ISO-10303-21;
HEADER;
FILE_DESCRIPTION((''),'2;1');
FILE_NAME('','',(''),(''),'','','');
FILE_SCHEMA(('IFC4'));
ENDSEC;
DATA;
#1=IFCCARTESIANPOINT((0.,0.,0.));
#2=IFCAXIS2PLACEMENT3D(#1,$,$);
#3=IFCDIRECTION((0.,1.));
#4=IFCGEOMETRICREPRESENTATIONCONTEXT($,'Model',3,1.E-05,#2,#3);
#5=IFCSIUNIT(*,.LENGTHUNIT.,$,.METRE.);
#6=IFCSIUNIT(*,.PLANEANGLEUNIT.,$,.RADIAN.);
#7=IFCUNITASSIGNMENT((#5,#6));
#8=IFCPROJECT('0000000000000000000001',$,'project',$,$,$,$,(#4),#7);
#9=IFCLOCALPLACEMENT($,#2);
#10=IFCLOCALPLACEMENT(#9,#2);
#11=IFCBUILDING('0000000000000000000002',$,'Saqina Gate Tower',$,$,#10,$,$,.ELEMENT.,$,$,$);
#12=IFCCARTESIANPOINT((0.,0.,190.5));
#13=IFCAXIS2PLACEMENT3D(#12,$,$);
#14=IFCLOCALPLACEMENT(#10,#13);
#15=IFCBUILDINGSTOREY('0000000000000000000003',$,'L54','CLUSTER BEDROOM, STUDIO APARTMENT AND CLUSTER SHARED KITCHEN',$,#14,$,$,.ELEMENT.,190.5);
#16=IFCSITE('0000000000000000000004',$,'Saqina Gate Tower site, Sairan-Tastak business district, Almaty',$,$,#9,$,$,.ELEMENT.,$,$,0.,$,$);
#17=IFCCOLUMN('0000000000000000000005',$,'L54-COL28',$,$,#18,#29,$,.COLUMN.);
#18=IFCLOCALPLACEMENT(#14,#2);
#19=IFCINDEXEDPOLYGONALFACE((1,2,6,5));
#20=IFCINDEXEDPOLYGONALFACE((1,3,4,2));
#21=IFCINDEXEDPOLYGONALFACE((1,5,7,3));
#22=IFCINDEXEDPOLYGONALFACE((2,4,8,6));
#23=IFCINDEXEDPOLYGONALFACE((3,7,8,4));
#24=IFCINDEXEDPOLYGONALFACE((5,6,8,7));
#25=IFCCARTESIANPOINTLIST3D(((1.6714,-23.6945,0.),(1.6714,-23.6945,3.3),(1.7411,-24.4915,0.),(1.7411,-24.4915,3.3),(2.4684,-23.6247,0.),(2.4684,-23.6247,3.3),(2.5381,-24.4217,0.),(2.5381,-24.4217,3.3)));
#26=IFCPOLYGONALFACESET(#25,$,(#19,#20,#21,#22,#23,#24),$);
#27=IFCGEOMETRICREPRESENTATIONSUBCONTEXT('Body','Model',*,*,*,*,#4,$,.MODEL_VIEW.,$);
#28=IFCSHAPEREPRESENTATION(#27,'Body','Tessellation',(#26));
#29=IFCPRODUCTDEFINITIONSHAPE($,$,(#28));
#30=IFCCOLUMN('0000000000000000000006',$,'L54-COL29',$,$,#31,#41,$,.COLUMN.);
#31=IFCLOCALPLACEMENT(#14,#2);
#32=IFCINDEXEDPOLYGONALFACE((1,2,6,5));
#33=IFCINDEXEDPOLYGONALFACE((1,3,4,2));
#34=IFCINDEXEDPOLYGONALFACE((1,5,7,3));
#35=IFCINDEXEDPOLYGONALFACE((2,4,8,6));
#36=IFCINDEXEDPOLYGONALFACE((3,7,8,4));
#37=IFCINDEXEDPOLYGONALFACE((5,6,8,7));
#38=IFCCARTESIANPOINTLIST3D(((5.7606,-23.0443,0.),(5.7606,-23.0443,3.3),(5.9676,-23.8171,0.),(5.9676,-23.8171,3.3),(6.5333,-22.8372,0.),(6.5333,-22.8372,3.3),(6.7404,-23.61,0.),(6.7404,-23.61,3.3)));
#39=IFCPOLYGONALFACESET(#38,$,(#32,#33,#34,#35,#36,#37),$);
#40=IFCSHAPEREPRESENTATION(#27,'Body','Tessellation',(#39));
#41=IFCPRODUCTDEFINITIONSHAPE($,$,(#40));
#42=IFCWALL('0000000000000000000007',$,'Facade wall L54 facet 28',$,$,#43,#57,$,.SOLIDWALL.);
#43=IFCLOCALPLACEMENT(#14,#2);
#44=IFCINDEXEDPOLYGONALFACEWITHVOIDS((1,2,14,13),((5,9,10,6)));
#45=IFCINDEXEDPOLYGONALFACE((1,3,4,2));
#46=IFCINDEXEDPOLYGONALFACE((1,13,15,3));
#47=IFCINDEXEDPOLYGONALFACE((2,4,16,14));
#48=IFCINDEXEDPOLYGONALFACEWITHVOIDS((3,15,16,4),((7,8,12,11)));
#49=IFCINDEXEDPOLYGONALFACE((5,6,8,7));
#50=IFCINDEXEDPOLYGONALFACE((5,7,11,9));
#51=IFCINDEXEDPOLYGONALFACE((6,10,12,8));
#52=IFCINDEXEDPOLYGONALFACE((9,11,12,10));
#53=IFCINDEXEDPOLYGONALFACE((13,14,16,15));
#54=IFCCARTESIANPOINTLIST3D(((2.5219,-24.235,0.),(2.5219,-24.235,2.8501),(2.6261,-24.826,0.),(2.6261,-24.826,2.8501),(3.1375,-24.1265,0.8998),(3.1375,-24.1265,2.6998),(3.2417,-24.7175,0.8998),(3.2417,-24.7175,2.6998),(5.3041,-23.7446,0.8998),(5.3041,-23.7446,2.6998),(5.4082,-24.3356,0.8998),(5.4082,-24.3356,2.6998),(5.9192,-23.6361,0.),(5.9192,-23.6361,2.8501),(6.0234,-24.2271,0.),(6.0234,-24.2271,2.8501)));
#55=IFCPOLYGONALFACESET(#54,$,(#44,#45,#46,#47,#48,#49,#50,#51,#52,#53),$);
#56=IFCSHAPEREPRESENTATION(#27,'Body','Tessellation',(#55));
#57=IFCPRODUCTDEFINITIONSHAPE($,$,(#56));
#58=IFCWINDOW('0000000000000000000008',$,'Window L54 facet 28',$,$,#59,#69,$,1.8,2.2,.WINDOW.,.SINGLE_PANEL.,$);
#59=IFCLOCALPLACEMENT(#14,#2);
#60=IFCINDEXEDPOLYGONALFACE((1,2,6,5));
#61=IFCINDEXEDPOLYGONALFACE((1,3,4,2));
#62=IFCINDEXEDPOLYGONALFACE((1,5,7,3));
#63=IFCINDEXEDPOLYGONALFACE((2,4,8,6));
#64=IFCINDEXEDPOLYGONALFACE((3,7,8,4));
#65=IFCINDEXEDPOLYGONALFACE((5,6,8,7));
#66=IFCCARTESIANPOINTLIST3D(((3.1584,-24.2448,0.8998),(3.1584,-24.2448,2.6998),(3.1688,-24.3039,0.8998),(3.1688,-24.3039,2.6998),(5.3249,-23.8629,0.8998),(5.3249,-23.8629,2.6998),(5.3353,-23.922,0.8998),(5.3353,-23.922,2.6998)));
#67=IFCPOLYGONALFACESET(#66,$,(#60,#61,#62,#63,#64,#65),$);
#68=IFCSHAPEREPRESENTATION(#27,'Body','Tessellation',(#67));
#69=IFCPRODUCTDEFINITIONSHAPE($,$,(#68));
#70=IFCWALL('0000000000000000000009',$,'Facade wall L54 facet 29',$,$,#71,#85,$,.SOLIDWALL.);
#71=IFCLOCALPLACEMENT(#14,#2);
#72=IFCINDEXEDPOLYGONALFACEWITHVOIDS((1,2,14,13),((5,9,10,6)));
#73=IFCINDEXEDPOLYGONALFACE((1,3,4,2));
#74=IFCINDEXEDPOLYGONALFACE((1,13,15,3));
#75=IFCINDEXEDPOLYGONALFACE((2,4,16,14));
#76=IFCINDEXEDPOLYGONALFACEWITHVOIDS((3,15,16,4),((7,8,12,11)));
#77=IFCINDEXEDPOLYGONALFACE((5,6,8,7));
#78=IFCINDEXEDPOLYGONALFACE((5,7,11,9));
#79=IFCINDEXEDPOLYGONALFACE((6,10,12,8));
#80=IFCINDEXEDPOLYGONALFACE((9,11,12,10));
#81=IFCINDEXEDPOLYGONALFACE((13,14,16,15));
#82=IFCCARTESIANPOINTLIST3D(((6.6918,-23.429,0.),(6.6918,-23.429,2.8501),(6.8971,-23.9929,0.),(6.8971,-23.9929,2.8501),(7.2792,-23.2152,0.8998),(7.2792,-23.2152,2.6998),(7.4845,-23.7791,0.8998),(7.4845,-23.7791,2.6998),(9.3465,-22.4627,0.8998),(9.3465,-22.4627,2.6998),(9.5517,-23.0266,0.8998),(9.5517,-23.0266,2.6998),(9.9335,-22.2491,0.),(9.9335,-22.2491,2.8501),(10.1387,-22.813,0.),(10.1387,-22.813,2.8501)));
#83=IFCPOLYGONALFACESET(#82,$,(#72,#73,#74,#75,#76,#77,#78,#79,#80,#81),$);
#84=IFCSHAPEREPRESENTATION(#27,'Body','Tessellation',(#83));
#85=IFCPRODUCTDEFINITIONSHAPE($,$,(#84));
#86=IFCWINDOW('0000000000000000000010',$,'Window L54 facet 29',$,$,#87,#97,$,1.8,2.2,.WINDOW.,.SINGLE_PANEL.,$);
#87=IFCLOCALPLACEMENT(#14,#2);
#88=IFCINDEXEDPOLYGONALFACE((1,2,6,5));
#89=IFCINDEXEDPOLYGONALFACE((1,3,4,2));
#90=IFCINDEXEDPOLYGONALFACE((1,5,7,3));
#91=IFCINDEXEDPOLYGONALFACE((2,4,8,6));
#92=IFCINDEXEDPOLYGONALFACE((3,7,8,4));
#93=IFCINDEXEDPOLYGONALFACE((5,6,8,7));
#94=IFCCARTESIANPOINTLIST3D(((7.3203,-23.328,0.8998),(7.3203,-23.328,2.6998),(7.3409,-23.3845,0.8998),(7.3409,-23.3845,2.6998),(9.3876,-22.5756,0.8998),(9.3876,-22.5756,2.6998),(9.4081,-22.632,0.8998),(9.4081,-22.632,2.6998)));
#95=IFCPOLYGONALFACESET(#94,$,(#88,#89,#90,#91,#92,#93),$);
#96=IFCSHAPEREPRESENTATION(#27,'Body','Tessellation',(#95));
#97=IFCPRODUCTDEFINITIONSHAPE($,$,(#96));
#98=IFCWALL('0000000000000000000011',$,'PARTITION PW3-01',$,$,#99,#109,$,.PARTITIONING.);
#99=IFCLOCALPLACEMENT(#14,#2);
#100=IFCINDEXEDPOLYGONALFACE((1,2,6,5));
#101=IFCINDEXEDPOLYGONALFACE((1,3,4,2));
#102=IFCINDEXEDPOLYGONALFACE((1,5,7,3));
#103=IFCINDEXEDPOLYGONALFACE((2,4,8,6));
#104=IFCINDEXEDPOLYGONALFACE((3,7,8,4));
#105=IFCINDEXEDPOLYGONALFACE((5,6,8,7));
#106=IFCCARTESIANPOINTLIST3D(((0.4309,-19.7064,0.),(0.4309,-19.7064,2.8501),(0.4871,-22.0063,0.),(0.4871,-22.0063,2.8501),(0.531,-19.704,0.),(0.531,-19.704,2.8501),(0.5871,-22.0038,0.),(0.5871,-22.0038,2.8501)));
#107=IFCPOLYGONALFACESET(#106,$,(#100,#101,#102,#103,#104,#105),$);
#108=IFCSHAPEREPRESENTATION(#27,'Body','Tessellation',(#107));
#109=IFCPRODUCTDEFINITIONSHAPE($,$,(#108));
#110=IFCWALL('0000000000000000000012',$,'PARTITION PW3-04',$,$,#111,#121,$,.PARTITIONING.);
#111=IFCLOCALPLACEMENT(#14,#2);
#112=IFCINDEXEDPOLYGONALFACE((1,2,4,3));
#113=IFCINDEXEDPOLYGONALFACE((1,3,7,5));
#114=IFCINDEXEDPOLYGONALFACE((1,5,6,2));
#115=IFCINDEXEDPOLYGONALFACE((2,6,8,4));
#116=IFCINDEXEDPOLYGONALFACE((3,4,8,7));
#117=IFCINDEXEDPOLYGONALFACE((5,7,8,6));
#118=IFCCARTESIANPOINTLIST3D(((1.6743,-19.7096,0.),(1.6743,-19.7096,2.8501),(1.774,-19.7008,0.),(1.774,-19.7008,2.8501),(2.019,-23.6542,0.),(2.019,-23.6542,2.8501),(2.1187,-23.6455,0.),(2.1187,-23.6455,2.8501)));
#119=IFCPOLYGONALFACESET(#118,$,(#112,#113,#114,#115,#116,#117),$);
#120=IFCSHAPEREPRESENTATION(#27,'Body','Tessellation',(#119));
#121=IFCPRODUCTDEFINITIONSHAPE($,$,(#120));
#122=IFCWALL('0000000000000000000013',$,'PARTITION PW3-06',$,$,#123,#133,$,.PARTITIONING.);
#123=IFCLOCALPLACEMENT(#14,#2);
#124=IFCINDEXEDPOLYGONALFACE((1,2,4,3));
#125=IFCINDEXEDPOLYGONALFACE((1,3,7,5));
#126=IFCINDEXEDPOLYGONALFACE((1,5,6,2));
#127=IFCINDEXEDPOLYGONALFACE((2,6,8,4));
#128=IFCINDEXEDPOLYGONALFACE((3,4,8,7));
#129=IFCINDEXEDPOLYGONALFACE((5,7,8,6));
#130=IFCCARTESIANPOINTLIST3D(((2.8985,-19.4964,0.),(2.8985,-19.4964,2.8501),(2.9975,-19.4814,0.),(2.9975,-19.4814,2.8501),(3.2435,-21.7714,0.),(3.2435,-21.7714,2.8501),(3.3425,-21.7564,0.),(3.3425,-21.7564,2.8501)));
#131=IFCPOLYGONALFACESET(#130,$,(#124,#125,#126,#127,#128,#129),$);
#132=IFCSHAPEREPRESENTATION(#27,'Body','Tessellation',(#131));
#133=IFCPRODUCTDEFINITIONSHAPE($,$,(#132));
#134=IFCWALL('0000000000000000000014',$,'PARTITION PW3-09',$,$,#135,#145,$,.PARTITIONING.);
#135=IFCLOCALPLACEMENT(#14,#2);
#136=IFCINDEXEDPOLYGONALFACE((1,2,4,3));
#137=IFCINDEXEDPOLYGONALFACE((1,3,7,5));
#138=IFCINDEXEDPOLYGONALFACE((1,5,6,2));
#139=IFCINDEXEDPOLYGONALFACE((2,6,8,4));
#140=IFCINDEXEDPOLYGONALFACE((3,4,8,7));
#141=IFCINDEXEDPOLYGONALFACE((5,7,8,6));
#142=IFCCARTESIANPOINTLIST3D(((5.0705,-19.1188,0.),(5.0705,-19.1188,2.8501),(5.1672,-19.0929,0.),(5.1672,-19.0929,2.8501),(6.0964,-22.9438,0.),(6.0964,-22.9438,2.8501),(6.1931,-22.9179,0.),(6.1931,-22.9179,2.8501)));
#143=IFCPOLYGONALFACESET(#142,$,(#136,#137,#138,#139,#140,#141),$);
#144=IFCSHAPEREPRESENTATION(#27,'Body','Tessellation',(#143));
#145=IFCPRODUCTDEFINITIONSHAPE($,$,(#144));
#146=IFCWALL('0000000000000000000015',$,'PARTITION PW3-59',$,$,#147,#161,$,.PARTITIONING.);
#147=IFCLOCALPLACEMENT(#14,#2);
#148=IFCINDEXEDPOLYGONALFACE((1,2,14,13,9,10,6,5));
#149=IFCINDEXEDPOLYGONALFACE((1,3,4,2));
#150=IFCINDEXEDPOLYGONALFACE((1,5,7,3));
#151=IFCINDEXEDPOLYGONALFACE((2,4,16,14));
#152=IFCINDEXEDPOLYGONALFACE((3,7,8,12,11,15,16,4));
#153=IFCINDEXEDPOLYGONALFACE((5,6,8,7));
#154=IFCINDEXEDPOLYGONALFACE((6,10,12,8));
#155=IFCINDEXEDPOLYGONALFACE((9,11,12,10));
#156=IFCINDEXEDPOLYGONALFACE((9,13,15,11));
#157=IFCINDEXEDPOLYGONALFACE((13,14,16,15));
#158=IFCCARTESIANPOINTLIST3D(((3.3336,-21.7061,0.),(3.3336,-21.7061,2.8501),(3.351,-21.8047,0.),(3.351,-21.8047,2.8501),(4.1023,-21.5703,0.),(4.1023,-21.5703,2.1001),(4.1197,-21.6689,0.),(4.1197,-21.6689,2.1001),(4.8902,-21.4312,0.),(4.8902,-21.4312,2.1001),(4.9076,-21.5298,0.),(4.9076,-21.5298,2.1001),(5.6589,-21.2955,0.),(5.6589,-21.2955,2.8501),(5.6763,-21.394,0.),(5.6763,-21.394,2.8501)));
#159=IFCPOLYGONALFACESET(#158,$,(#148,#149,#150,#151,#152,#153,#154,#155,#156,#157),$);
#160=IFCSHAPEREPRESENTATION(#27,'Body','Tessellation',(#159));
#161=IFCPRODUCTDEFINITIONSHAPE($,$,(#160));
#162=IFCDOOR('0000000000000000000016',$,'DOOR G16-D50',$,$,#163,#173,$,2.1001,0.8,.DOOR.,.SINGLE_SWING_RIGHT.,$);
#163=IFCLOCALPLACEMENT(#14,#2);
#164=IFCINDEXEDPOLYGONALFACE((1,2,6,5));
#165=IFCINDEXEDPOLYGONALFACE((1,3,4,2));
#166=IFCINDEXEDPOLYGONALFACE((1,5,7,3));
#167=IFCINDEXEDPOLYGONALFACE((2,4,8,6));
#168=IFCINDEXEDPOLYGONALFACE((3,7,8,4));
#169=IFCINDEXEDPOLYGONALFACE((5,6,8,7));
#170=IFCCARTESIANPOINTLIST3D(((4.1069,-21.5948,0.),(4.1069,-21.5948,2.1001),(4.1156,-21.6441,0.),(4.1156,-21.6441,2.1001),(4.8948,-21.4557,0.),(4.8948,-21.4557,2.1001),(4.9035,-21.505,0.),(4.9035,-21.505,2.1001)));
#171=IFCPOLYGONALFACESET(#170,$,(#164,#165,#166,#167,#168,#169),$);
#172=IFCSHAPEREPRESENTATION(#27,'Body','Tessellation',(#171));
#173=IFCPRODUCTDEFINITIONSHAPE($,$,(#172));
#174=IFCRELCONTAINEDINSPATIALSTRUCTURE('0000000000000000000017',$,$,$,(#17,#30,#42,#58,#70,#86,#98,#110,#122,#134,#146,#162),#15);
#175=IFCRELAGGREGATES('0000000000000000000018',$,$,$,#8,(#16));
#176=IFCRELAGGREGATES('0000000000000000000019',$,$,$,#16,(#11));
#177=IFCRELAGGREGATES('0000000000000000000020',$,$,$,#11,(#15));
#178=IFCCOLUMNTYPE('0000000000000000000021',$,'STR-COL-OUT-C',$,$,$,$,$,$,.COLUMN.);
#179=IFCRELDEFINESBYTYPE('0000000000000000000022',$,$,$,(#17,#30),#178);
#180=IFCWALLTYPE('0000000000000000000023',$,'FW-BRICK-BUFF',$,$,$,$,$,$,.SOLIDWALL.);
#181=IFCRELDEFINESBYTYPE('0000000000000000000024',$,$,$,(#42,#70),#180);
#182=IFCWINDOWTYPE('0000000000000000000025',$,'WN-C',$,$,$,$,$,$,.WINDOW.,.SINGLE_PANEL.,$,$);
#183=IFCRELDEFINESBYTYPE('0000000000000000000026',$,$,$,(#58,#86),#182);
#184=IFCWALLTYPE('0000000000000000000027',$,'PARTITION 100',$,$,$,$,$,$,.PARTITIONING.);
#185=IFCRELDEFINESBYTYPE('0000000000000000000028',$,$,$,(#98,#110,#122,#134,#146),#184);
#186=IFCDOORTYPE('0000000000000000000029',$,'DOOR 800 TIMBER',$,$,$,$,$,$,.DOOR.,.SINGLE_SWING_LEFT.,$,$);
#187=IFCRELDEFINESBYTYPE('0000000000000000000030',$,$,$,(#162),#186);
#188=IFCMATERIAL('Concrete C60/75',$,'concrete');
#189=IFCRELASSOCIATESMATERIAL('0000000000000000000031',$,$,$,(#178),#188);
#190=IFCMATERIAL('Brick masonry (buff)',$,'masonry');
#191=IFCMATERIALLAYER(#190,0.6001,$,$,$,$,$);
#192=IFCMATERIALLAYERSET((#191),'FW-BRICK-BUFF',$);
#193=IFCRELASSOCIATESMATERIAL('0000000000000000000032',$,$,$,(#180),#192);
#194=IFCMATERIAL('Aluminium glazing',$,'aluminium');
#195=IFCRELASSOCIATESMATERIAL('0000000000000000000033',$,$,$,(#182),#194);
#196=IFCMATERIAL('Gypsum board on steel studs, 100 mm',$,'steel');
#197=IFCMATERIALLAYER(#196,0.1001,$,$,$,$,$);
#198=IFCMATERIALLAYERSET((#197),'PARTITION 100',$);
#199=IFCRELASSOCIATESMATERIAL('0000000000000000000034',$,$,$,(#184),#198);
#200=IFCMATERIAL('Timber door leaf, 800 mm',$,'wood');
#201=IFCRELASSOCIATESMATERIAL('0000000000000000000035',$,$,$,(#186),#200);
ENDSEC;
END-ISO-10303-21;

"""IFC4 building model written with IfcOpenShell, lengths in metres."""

from ifc_helpers import new_model, si_unit, direction, frame, frame_2d, origin, origin_2d, place, context, subcontext, project, spatial, rectangle, extrude, material, layer, layer_set, material_profile, profile_set, type_object, element, fill, save


model = new_model("IFC4")

# Units and contexts
model_context = context("Model", 3, precision=1e-05, world=origin(), true_north=direction((0.0, 1.0)))
body_context = subcontext(model_context, "Body", "Model", "MODEL_VIEW")
ifc_project = project(units=[si_unit("LENGTHUNIT", "METRE"), si_unit("PLANEANGLEUNIT", "RADIAN")], contexts=[model_context])

# Site, building, storey
site_placement = place(None, origin())
site = spatial("IfcSite", under=ifc_project, at=site_placement, Name="Saqina Gate Tower site, Sairan-Tastak business district, Almaty", CompositionType="ELEMENT", RefElevation=0.0)
building_placement = place(site_placement, origin())
building = spatial("IfcBuilding", under=site, at=building_placement, Name="Saqina Gate Tower", CompositionType="ELEMENT")
storey_placement = place(building_placement, frame((0.0, 0.0, 190.5)))
storey = spatial("IfcBuildingStorey", under=building, at=storey_placement, Name="L54", Description="CLUSTER BEDROOM, STUDIO APARTMENT AND CLUSTER SHARED KITCHEN", CompositionType="ELEMENT", Elevation=190.5)

# Columns
ifc_material_1 = material(Name="Concrete C60/75", Category="concrete")
ifc_material_profile = material_profile(ifc_material_1, rectangle(XDim=0.8, YDim=0.8, at=origin_2d()), Name="RC 800x800")
ifc_profile_set = profile_set([ifc_material_profile], Name="Concrete C60/75")
column_type = type_object("IfcColumnType", Name="STR-COL-OUT-C", PredefinedType="COLUMN", material=ifc_profile_set)
for number, where, z_axis, x_axis, name in (
    (1, (2.1047, -24.0581, 0.0), (0.0, 0.0, 1.0), (0.087156, -0.996195, 0.0), "L54-COL28"),
    (2, (6.2505, -23.3271, 0.0), (0.0, 0.0, 1.0), (0.258819, -0.965926, 0.0), "L54-COL29"),
):
    element("IfcColumn", number, at=place(storey_placement, frame(where, z_axis=z_axis, x_axis=x_axis)), inside=storey, type_object=column_type, Name=name, PredefinedType="COLUMN", context=body_context, shape_type="SweptSolid", body=[
        extrude(rectangle(XDim=0.8, YDim=0.8, at=origin_2d()), origin(), (0.0, 0.0, 1.0), 3.3),
    ])

# Walls, openings, windows
ifc_material_2 = material(Name="Brick masonry (buff)", Category="masonry")
ifc_layer_1 = layer(ifc_material_2, 0.6001)
ifc_layer_set_1 = layer_set([ifc_layer_1], Name="FW-BRICK-BUFF")
wall_type_1 = type_object("IfcWallType", Name="FW-BRICK-BUFF", PredefinedType="SOLIDWALL", material=ifc_layer_set_1)
wall_1_placement = place(storey_placement, frame((2.574, -24.5305, 0.0), z_axis=(0.0, 0.0, 1.0), x_axis=(0.984815, 0.173608, 0.0)))
wall_1 = element("IfcWall", 3, at=wall_1_placement, inside=storey, type_object=wall_type_1, Name="Facade wall L54 facet 28", PredefinedType="SOLIDWALL", context=body_context, shape_type="SweptSolid", body=[
    extrude(rectangle(XDim=3.4497, YDim=0.6001, at=frame_2d((1.7249, 0.0))), origin(), (0.0, 0.0, 1.0), 2.8501),
])
opening_1_placement = place(wall_1_placement, frame((0.625, 0.0, 0.8999)))
opening_1 = element("IfcOpeningElement", 4, at=opening_1_placement, cuts=wall_1, PredefinedType="OPENING", context=body_context, shape_type="SweptSolid", body=[
    extrude(rectangle(XDim=2.2, YDim=1.8, at=frame_2d((1.1001, 0.8999))), frame((0.0, 0.312, 0.0), z_axis=(0.0, -1.0, 0.0), x_axis=(1.0, 0.0, 0.0)), (0.0, 0.0, 1.0), 0.624),
])
ifc_material_3 = material(Name="Aluminium glazing", Category="aluminium")
window_type = type_object("IfcWindowType", Name="WN-C", PartitioningType="SINGLE_PANEL", PredefinedType="WINDOW", material=ifc_material_3)
window_1_placement = place(opening_1_placement, origin())
window_1 = element("IfcWindow", 5, at=window_1_placement, inside=storey, type_object=window_type, Name="Window L54 facet 28", OverallHeight=1.8, OverallWidth=2.2, PartitioningType="SINGLE_PANEL", PredefinedType="WINDOW", context=body_context, shape_type="SweptSolid", body=[
    extrude(rectangle(XDim=2.2, YDim=1.8, at=frame_2d((1.1001, 0.8999))), frame((0.0, 0.1799, 0.0), z_axis=(0.0, -1.0, 0.0), x_axis=(1.0, 0.0, 0.0)), (0.0, 0.0, 1.0), 0.0601),
])
fill(opening_1, window_1)
wall_2_placement = place(storey_placement, frame((6.7944, -23.7109, 0.0), z_axis=(0.0, 0.0, 1.0), x_axis=(0.939688, 0.342033, 0.0)))
wall_2 = element("IfcWall", 6, at=wall_2_placement, inside=storey, type_object=wall_type_1, Name="Facade wall L54 facet 29", PredefinedType="SOLIDWALL", context=body_context, shape_type="SweptSolid", body=[
    extrude(rectangle(XDim=3.4497, YDim=0.6001, at=frame_2d((1.7249, 0.0))), origin(), (0.0, 0.0, 1.0), 2.8501),
])
opening_2_placement = place(wall_2_placement, frame((0.625, 0.0, 0.8999)))
opening_2 = element("IfcOpeningElement", 7, at=opening_2_placement, cuts=wall_2, PredefinedType="OPENING", context=body_context, shape_type="SweptSolid", body=[
    extrude(rectangle(XDim=2.2, YDim=1.8, at=frame_2d((1.1001, 0.8999))), frame((0.0, 0.312, 0.0), z_axis=(0.0, -1.0, 0.0), x_axis=(1.0, 0.0, 0.0)), (0.0, 0.0, 1.0), 0.624),
])
window_2_placement = place(opening_2_placement, origin())
window_2 = element("IfcWindow", 8, at=window_2_placement, inside=storey, type_object=window_type, Name="Window L54 facet 29", OverallHeight=1.8, OverallWidth=2.2, PartitioningType="SINGLE_PANEL", PredefinedType="WINDOW", context=body_context, shape_type="SweptSolid", body=[
    extrude(rectangle(XDim=2.2, YDim=1.8, at=frame_2d((1.1001, 0.8999))), frame((0.0, 0.1799, 0.0), z_axis=(0.0, -1.0, 0.0), x_axis=(1.0, 0.0, 0.0)), (0.0, 0.0, 1.0), 0.0601),
])
fill(opening_2, window_2)

# Walls
ifc_material_4 = material(Name="Gypsum board on steel studs, 100 mm", Category="steel")
ifc_layer_2 = layer(ifc_material_4, 0.1001)
ifc_layer_set_2 = layer_set([ifc_layer_2], Name="PARTITION 100")
wall_type_2 = type_object("IfcWallType", Name="PARTITION 100", PredefinedType="PARTITIONING", material=ifc_layer_set_2)
wall_3_placement = place(storey_placement, frame((0.481, -19.7051, 0.0), z_axis=(0.0, 0.0, 1.0), x_axis=(0.024409, -0.999702, 0.0)))
element("IfcWall", 9, at=wall_3_placement, inside=storey, type_object=wall_type_2, Name="PARTITION PW3-01", PredefinedType="PARTITIONING", context=body_context, shape_type="SweptSolid", body=[
    extrude(rectangle(XDim=2.3005, YDim=0.1001, at=frame_2d((1.1504, 0.0))), origin(), (0.0, 0.0, 1.0), 2.8501),
])
wall_4_placement = place(storey_placement, frame((1.7241, -19.7051, 0.0), z_axis=(0.0, 0.0, 1.0), x_axis=(0.087061, -0.996203, 0.0)))
element("IfcWall", 10, at=wall_4_placement, inside=storey, type_object=wall_type_2, Name="PARTITION PW3-04", PredefinedType="PARTITIONING", context=body_context, shape_type="SweptSolid", body=[
    extrude(rectangle(XDim=3.9597, YDim=0.1001, at=frame_2d((1.98, 0.0))), origin(), (0.0, 0.0, 1.0), 2.8501),
])
wall_5_placement = place(storey_placement, frame((2.948, -19.489, 0.0), z_axis=(0.0, 0.0, 1.0), x_axis=(0.149928, -0.988697, 0.0)))
element("IfcWall", 11, at=wall_5_placement, inside=storey, type_object=wall_type_2, Name="PARTITION PW3-06", PredefinedType="PARTITIONING", context=body_context, shape_type="SweptSolid", body=[
    extrude(rectangle(XDim=2.301, YDim=0.1001, at=frame_2d((1.1504, 0.0))), origin(), (0.0, 0.0, 1.0), 2.8501),
])
wall_6_placement = place(storey_placement, frame((5.1189, -19.106, 0.0), z_axis=(0.0, 0.0, 1.0), x_axis=(0.259051, -0.965864, 0.0)))
element("IfcWall", 12, at=wall_6_placement, inside=storey, type_object=wall_type_2, Name="PARTITION PW3-09", PredefinedType="PARTITIONING", context=body_context, shape_type="SweptSolid", body=[
    extrude(rectangle(XDim=3.9602, YDim=0.1001, at=frame_2d((1.98, 0.0))), origin(), (0.0, 0.0, 1.0), 2.8501),
])

# Wall, opening, door
wall_7_placement = place(storey_placement, frame((3.3423, -21.7554, 0.0), z_axis=(0.0, 0.0, 1.0), x_axis=(0.984764, 0.173897, 0.0)))
wall_7 = element("IfcWall", 13, at=wall_7_placement, inside=storey, type_object=wall_type_2, Name="PARTITION PW3-59", PredefinedType="PARTITIONING", context=body_context, shape_type="SweptSolid", body=[
    extrude(rectangle(XDim=2.3613, YDim=0.1001, at=frame_2d((1.1807, 0.0))), origin(), (0.0, 0.0, 1.0), 2.8501),
])
opening_3_placement = place(wall_7_placement, frame((0.7808, 0.0, 0.0)))
opening_3 = element("IfcOpeningElement", 14, at=opening_3_placement, cuts=wall_7, PredefinedType="OPENING", context=body_context, shape_type="SweptSolid", body=[
    extrude(rectangle(XDim=0.8, YDim=2.1001, at=frame_2d((0.3999, 1.05))), frame((0.0, 0.062, 0.0), z_axis=(0.0, -1.0, 0.0), x_axis=(1.0, 0.0, 0.0)), (0.0, 0.0, 1.0), 0.124),
])
ifc_material_5 = material(Name="Timber door leaf, 800 mm", Category="wood")
door_type_1 = type_object("IfcDoorType", Name="DOOR 800 TIMBER", OperationType="SINGLE_SWING_LEFT", PredefinedType="DOOR", material=ifc_material_5)
door_1_placement = place(opening_3_placement, frame((0.8, 0.0, 0.0), z_axis=(0.0, 0.0, 1.0), x_axis=(-1.0, 0.0, 0.0)))
door_1 = element("IfcDoor", 15, at=door_1_placement, inside=storey, type_object=door_type_1, Name="DOOR G16-D50", OperationType="SINGLE_SWING_RIGHT", OverallHeight=2.1001, OverallWidth=0.8, PredefinedType="DOOR", context=body_context, shape_type="SweptSolid", body=[
    extrude(rectangle(XDim=0.8, YDim=2.1001, at=frame_2d((0.3999, 1.05))), frame((0.0, 0.0249, 0.0), z_axis=(0.0, -1.0, 0.0), x_axis=(1.0, 0.0, 0.0)), (0.0, 0.0, 1.0), 0.05),
])
fill(opening_3, door_1)

save(model, "model.ifc")
